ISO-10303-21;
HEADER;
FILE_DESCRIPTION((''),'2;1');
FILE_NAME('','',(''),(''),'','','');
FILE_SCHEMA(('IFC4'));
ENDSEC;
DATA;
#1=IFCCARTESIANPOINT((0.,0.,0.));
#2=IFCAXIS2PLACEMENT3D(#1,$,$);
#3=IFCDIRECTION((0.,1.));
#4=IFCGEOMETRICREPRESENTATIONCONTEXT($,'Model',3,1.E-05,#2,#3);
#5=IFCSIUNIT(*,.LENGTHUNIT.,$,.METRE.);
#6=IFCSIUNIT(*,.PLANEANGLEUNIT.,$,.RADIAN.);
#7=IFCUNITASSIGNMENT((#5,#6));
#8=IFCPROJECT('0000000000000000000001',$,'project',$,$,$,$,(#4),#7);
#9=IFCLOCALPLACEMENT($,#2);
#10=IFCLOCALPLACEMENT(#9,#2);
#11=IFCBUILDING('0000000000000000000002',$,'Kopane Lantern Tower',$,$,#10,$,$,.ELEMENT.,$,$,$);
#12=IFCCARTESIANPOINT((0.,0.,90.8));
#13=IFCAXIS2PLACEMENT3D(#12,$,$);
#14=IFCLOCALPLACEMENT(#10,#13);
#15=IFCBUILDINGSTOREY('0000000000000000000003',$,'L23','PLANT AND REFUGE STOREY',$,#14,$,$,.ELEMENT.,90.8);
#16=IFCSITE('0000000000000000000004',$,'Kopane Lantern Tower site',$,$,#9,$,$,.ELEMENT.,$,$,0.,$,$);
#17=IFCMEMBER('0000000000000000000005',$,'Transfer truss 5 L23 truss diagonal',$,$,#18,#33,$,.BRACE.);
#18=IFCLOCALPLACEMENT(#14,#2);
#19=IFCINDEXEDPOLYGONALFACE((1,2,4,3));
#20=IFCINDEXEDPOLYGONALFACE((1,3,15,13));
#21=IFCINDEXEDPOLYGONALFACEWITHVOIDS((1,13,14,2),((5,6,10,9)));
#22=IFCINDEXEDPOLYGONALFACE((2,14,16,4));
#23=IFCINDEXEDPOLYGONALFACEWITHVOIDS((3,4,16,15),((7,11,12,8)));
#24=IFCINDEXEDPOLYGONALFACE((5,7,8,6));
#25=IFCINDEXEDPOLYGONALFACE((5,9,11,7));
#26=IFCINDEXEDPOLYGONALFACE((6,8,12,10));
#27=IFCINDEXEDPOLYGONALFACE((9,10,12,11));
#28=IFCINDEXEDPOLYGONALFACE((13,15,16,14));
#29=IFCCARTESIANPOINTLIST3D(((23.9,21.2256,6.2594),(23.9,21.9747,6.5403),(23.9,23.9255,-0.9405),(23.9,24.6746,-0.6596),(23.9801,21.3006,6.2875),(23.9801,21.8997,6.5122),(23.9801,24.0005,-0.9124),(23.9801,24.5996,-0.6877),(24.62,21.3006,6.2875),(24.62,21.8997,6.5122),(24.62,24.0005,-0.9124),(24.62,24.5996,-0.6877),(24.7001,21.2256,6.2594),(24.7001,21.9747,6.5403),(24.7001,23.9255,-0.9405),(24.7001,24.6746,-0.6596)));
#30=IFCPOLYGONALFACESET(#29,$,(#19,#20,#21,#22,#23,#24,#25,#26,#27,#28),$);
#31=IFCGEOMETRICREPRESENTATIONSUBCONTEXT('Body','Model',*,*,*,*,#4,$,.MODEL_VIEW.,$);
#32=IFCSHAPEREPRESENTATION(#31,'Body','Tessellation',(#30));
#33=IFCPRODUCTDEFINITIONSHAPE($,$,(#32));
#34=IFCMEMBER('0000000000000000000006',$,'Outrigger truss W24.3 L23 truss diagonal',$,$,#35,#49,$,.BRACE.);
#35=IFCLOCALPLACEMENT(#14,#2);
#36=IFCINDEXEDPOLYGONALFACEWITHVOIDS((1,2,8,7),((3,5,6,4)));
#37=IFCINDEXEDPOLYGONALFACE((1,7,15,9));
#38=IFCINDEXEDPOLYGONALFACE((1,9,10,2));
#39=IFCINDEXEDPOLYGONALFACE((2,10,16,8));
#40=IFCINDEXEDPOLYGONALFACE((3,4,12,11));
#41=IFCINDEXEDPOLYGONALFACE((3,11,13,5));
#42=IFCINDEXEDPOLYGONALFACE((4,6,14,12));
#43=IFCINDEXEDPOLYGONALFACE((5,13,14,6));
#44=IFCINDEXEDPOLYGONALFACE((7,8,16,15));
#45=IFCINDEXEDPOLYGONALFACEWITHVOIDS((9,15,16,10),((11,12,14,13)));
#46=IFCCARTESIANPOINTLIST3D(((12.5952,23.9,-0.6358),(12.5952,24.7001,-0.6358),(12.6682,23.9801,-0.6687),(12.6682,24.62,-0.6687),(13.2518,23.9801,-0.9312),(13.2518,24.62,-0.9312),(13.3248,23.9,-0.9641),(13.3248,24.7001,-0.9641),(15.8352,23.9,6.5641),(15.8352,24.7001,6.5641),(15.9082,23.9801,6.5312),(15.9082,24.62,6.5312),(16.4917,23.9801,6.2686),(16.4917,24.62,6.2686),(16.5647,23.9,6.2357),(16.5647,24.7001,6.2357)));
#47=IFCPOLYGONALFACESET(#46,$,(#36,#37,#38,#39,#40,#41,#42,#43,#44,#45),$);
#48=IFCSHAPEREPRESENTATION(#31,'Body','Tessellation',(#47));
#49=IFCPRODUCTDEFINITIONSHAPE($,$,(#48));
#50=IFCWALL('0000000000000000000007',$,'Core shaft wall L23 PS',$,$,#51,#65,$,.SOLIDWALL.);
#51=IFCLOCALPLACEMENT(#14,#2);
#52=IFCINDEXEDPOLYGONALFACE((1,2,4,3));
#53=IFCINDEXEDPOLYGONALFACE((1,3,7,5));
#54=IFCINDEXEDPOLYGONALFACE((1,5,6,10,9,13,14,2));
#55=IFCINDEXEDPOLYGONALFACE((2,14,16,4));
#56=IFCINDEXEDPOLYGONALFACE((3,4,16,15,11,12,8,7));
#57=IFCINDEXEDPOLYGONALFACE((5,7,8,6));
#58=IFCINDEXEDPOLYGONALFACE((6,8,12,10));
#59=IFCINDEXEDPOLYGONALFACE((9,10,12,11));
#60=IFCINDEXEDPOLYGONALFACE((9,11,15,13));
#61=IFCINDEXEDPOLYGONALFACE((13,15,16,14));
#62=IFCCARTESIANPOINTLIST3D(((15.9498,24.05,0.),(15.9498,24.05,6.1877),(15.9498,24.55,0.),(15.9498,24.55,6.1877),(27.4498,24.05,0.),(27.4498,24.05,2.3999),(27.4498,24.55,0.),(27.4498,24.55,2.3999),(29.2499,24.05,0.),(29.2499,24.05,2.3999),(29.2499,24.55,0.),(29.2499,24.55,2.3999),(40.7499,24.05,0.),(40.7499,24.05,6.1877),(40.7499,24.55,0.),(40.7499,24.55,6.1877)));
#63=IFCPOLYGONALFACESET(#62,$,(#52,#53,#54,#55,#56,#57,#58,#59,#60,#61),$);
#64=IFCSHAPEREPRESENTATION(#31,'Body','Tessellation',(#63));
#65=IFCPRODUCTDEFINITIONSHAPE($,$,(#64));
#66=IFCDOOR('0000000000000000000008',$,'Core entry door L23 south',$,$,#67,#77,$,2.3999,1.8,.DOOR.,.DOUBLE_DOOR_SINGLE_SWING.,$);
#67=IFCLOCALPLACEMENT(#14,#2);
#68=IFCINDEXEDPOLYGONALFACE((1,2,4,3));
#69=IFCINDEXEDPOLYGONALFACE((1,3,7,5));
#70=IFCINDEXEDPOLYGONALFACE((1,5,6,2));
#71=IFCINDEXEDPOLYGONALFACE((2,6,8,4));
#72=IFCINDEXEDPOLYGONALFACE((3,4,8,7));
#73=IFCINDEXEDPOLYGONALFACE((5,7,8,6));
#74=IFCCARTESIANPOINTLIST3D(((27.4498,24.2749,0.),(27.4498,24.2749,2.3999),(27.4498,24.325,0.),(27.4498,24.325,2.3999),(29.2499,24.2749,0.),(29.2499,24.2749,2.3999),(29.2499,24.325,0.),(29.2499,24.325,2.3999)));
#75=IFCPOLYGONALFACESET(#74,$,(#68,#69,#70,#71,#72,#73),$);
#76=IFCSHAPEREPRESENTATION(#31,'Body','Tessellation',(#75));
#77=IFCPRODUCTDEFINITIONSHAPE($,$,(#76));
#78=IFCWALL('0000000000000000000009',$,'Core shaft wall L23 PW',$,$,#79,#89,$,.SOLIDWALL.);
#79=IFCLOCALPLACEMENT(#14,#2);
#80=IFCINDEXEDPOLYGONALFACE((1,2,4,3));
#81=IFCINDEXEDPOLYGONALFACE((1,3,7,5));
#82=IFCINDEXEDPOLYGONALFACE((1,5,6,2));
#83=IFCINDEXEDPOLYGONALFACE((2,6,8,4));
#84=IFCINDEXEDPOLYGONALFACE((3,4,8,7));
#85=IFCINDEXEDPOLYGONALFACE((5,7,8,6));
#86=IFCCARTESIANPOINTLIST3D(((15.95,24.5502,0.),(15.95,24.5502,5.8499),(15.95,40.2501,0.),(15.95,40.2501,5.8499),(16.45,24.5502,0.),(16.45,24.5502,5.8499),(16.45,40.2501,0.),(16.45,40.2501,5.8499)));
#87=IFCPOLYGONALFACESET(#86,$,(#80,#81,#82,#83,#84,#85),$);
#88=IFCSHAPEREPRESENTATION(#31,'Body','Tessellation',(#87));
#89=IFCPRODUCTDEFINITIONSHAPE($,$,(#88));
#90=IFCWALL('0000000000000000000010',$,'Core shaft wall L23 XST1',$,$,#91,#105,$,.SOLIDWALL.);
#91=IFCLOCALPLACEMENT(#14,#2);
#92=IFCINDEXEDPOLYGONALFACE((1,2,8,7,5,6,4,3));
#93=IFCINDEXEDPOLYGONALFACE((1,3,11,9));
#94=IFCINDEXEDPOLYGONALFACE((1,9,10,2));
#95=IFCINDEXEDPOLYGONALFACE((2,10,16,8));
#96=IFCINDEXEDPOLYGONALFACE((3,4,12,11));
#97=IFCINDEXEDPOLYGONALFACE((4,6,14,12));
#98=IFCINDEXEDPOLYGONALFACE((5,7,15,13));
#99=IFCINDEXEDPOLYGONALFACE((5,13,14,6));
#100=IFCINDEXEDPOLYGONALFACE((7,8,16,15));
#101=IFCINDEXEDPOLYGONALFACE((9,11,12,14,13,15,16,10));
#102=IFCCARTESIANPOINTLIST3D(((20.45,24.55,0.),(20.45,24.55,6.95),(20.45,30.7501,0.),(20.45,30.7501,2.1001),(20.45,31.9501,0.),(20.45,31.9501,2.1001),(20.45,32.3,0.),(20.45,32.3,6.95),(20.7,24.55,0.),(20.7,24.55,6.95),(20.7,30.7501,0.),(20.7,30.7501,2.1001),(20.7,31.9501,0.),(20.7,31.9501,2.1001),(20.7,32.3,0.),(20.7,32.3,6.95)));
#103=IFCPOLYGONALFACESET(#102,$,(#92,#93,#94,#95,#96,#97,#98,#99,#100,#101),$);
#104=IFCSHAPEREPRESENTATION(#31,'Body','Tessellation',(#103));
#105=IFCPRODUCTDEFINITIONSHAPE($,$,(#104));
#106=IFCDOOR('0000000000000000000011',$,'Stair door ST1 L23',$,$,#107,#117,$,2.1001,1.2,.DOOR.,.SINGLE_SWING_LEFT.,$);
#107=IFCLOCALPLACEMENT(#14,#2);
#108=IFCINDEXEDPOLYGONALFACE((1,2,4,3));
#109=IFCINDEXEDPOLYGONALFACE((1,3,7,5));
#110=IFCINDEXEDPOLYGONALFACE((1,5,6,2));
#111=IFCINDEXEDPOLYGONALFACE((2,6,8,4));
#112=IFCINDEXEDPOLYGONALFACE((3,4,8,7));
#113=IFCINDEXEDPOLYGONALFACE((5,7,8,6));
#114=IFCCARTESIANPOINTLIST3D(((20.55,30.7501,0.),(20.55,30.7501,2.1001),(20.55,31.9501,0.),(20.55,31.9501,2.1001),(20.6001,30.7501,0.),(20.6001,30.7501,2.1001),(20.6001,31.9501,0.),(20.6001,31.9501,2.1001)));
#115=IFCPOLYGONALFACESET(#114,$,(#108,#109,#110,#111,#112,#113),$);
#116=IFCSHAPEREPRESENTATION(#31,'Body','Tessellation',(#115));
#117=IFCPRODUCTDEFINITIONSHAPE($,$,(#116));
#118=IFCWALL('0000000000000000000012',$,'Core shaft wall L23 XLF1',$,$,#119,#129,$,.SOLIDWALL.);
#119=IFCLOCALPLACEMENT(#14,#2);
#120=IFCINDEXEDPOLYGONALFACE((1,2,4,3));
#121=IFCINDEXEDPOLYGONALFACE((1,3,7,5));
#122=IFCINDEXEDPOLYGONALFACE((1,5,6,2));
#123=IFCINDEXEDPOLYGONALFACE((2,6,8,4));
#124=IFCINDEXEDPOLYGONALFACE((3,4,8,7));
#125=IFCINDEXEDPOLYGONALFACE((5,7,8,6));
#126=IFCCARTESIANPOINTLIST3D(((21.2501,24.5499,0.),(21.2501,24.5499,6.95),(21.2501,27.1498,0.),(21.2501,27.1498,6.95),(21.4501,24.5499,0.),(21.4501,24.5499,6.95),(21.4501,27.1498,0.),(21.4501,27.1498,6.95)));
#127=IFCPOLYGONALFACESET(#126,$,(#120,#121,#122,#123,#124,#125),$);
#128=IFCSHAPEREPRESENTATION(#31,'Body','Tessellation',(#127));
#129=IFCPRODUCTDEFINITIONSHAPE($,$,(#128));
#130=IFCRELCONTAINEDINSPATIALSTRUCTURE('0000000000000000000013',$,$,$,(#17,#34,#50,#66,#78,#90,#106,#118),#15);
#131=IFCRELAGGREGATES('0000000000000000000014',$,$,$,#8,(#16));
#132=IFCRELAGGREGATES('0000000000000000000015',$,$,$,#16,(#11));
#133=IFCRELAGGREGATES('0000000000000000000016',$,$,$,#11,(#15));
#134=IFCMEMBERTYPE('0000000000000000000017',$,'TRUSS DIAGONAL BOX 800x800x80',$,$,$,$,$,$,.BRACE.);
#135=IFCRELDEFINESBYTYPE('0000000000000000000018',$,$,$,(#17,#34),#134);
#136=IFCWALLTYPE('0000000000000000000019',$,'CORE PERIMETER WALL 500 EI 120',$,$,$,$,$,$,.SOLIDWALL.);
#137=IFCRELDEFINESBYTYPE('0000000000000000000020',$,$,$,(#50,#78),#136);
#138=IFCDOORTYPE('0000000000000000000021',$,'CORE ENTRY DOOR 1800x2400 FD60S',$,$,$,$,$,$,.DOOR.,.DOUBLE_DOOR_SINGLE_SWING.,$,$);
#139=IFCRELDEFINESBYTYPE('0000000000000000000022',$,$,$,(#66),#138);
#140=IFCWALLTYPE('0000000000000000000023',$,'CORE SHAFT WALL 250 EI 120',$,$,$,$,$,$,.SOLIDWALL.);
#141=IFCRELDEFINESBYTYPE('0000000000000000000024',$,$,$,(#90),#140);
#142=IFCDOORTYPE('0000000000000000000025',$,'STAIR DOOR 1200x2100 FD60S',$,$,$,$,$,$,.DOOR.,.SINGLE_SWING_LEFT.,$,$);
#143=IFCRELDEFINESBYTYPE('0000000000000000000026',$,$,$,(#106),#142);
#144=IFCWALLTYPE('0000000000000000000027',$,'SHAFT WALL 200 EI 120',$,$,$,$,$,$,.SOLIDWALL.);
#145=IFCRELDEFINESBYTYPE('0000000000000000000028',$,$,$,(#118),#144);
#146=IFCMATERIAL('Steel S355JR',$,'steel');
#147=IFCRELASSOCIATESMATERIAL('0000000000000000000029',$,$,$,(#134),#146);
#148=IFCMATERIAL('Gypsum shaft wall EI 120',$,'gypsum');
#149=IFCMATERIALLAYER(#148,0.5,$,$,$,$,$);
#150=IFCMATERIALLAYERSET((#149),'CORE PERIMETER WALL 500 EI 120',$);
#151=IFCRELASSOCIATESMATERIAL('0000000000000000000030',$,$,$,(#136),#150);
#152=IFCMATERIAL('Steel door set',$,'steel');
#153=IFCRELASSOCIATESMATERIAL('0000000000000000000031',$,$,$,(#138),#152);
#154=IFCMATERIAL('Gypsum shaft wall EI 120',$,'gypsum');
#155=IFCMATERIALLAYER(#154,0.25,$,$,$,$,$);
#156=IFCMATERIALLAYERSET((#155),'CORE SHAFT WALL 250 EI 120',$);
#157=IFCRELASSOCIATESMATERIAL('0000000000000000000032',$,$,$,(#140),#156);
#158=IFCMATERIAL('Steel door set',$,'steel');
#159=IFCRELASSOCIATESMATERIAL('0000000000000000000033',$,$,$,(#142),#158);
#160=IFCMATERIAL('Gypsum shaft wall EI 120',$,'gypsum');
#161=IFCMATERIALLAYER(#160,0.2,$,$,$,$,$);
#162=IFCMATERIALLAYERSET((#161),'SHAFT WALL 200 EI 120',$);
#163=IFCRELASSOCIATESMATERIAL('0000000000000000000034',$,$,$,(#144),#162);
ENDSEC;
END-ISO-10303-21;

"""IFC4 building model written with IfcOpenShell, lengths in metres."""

from ifc_helpers import new_model, si_unit, direction, frame, frame_2d, origin, origin_2d, place, context, subcontext, project, spatial, rectangle, hollow_rectangle, extrude, material, layer, layer_set, material_profile, profile_set, type_object, element, fill, save


model = new_model("IFC4")

# Units and contexts
model_context = context("Model", 3, precision=1e-05, world=origin(), true_north=direction((0.0, 1.0)))
body_context = subcontext(model_context, "Body", "Model", "MODEL_VIEW")
ifc_project = project(units=[si_unit("LENGTHUNIT", "METRE"), si_unit("PLANEANGLEUNIT", "RADIAN")], contexts=[model_context])

# Site, building, storey
site_placement = place(None, origin())
site = spatial("IfcSite", under=ifc_project, at=site_placement, Name="Kopane Lantern Tower site", CompositionType="ELEMENT", RefElevation=0.0)
building_placement = place(site_placement, origin())
building = spatial("IfcBuilding", under=site, at=building_placement, Name="Kopane Lantern Tower", CompositionType="ELEMENT")
storey_placement = place(building_placement, frame((0.0, 0.0, 90.8)))
storey = spatial("IfcBuildingStorey", under=building, at=storey_placement, Name="L23", Description="PLANT AND REFUGE STOREY", CompositionType="ELEMENT", Elevation=90.8)

# Members
ifc_material_1 = material(Name="Steel S355JR", Category="steel")
ifc_material_profile_1 = material_profile(ifc_material_1, hollow_rectangle(XDim=0.8, YDim=0.8, WallThickness=0.0801, at=origin_2d()), Name="BOX 800x800x80")
ifc_profile_set_1 = profile_set([ifc_material_profile_1], Name="Steel S355JR")
member_type_1 = type_object("IfcMemberType", Name="TRUSS DIAGONAL BOX 800x800x80", PredefinedType="BRACE", material=ifc_profile_set_1)
for number, where, z_axis, x_axis, name in (
    (1, (24.3, 24.3, -0.8), (0.0, -0.35112, 0.93633), (1.0, 0.0, 0.0), "Transfer truss 5 L23 truss diagonal"),
):
    element("IfcMember", number, at=place(storey_placement, frame(where, z_axis=z_axis, x_axis=x_axis)), inside=storey, type_object=member_type_1, Name=name, PredefinedType="BRACE", context=body_context, shape_type="SweptSolid", body=[
        extrude(hollow_rectangle(XDim=0.8, YDim=0.8, WallThickness=0.0801, at=origin_2d()), origin(), (0.0, 0.0, 1.0), 7.6895),
    ])
member_1_placement = place(storey_placement, frame((16.2, 24.3, 6.3999), z_axis=(-0.410366, 0.0, -0.911921), x_axis=(0.0, -1.0, 0.0)))
element("IfcMember", 2, at=member_1_placement, inside=storey, type_object=member_type_1, Name="Outrigger truss W24.3 L23 truss diagonal", PredefinedType="BRACE", context=body_context, shape_type="SweptSolid", body=[
    extrude(hollow_rectangle(XDim=0.8, YDim=0.8, WallThickness=0.0801, at=origin_2d()), origin(), (0.0, 0.0, 1.0), 7.8953),
])

# Wall, opening, door
ifc_material_2 = material(Name="Gypsum shaft wall EI 120", Category="gypsum")
ifc_layer_1 = layer(ifc_material_2, 0.5)
ifc_layer_set_1 = layer_set([ifc_layer_1], Name="CORE PERIMETER WALL 500 EI 120")
wall_type_1 = type_object("IfcWallType", Name="CORE PERIMETER WALL 500 EI 120", PredefinedType="SOLIDWALL", material=ifc_layer_set_1)
wall_1_placement = place(storey_placement, frame((15.95, 24.3, 0.0), z_axis=(0.0, 0.0, 1.0), x_axis=(1.0, 0.0, 0.0)))
wall_1 = element("IfcWall", 3, at=wall_1_placement, inside=storey, type_object=wall_type_1, Name="Core shaft wall L23 PS", PredefinedType="SOLIDWALL", context=body_context, shape_type="SweptSolid", body=[
    extrude(rectangle(XDim=24.8, YDim=0.5, at=frame_2d((12.3999, 0.0))), origin(), (0.0, 0.0, 1.0), 6.1877),
])
opening_1_placement = place(wall_1_placement, frame((11.5, 0.0, 0.0)))
opening_1 = element("IfcOpeningElement", 4, at=opening_1_placement, cuts=wall_1, PredefinedType="OPENING", context=body_context, shape_type="SweptSolid", body=[
    extrude(rectangle(XDim=1.8, YDim=2.3999, at=frame_2d((0.8999, 1.2))), frame((0.0, 0.26, 0.0), z_axis=(0.0, -1.0, 0.0), x_axis=(1.0, 0.0, 0.0)), (0.0, 0.0, 1.0), 0.52),
])
ifc_material_3 = material(Name="Steel door set", Category="steel")
door_type_1 = type_object("IfcDoorType", Name="CORE ENTRY DOOR 1800x2400 FD60S", OperationType="DOUBLE_DOOR_SINGLE_SWING", PredefinedType="DOOR", material=ifc_material_3)
door_1_placement = place(opening_1_placement, origin())
door_1 = element("IfcDoor", 5, at=door_1_placement, inside=storey, type_object=door_type_1, Name="Core entry door L23 south", OperationType="DOUBLE_DOOR_SINGLE_SWING", OverallHeight=2.3999, OverallWidth=1.8, PredefinedType="DOOR", context=body_context, shape_type="SweptSolid", body=[
    extrude(rectangle(XDim=1.8, YDim=2.3999, at=frame_2d((0.8999, 1.2))), frame((0.0, 0.0249, 0.0), z_axis=(0.0, -1.0, 0.0), x_axis=(1.0, 0.0, 0.0)), (0.0, 0.0, 1.0), 0.05),
])
fill(opening_1, door_1)

# Wall
wall_2_placement = place(storey_placement, frame((16.2, 24.55, 0.0), z_axis=(0.0, 0.0, 1.0), x_axis=(0.0, 1.0, 0.0)))
element("IfcWall", 6, at=wall_2_placement, inside=storey, type_object=wall_type_1, Name="Core shaft wall L23 PW", PredefinedType="SOLIDWALL", context=body_context, shape_type="SweptSolid", body=[
    extrude(rectangle(XDim=15.7, YDim=0.5, at=frame_2d((7.8501, 0.0))), origin(), (0.0, 0.0, 1.0), 5.8499),
])

# Wall, opening, door
ifc_material_4 = material(Name="Gypsum shaft wall EI 120", Category="gypsum")
ifc_layer_2 = layer(ifc_material_4, 0.25)
ifc_layer_set_2 = layer_set([ifc_layer_2], Name="CORE SHAFT WALL 250 EI 120")
wall_type_2 = type_object("IfcWallType", Name="CORE SHAFT WALL 250 EI 120", PredefinedType="SOLIDWALL", material=ifc_layer_set_2)
wall_3_placement = place(storey_placement, frame((20.575, 24.55, 0.0), z_axis=(0.0, 0.0, 1.0), x_axis=(0.0, 1.0, 0.0)))
wall_3 = element("IfcWall", 7, at=wall_3_placement, inside=storey, type_object=wall_type_2, Name="Core shaft wall L23 XST1", PredefinedType="SOLIDWALL", context=body_context, shape_type="SweptSolid", body=[
    extrude(rectangle(XDim=7.75, YDim=0.25, at=frame_2d((3.875, 0.0))), origin(), (0.0, 0.0, 1.0), 6.95),
])
opening_2_placement = place(wall_3_placement, frame((6.2, 0.0, 0.0)))
opening_2 = element("IfcOpeningElement", 8, at=opening_2_placement, cuts=wall_3, PredefinedType="OPENING", context=body_context, shape_type="SweptSolid", body=[
    extrude(rectangle(XDim=1.2, YDim=2.1001, at=frame_2d((0.6001, 1.05))), frame((0.0, 0.135, 0.0), z_axis=(0.0, -1.0, 0.0), x_axis=(1.0, 0.0, 0.0)), (0.0, 0.0, 1.0), 0.27),
])
ifc_material_5 = material(Name="Steel door set", Category="steel")
door_type_2 = type_object("IfcDoorType", Name="STAIR DOOR 1200x2100 FD60S", OperationType="SINGLE_SWING_LEFT", PredefinedType="DOOR", material=ifc_material_5)
door_2_placement = place(opening_2_placement, origin())
door_2 = element("IfcDoor", 9, at=door_2_placement, inside=storey, type_object=door_type_2, Name="Stair door ST1 L23", OperationType="SINGLE_SWING_LEFT", OverallHeight=2.1001, OverallWidth=1.2, PredefinedType="DOOR", context=body_context, shape_type="SweptSolid", body=[
    extrude(rectangle(XDim=1.2, YDim=2.1001, at=frame_2d((0.6001, 1.05))), frame((0.0, 0.0249, 0.0), z_axis=(0.0, -1.0, 0.0), x_axis=(1.0, 0.0, 0.0)), (0.0, 0.0, 1.0), 0.05),
])
fill(opening_2, door_2)

# Wall
ifc_material_6 = material(Name="Gypsum shaft wall EI 120", Category="gypsum")
ifc_layer_3 = layer(ifc_material_6, 0.2)
ifc_layer_set_3 = layer_set([ifc_layer_3], Name="SHAFT WALL 200 EI 120")
wall_type_3 = type_object("IfcWallType", Name="SHAFT WALL 200 EI 120", PredefinedType="SOLIDWALL", material=ifc_layer_set_3)
wall_4_placement = place(storey_placement, frame((21.3501, 24.55, 0.0), z_axis=(0.0, 0.0, 1.0), x_axis=(0.0, 1.0, 0.0)))
element("IfcWall", 10, at=wall_4_placement, inside=storey, type_object=wall_type_3, Name="Core shaft wall L23 XLF1", PredefinedType="SOLIDWALL", context=body_context, shape_type="SweptSolid", body=[
    extrude(rectangle(XDim=2.5999, YDim=0.2, at=frame_2d((1.2998, 0.0))), origin(), (0.0, 0.0, 1.0), 6.95),
])

save(model, "model.ifc")
